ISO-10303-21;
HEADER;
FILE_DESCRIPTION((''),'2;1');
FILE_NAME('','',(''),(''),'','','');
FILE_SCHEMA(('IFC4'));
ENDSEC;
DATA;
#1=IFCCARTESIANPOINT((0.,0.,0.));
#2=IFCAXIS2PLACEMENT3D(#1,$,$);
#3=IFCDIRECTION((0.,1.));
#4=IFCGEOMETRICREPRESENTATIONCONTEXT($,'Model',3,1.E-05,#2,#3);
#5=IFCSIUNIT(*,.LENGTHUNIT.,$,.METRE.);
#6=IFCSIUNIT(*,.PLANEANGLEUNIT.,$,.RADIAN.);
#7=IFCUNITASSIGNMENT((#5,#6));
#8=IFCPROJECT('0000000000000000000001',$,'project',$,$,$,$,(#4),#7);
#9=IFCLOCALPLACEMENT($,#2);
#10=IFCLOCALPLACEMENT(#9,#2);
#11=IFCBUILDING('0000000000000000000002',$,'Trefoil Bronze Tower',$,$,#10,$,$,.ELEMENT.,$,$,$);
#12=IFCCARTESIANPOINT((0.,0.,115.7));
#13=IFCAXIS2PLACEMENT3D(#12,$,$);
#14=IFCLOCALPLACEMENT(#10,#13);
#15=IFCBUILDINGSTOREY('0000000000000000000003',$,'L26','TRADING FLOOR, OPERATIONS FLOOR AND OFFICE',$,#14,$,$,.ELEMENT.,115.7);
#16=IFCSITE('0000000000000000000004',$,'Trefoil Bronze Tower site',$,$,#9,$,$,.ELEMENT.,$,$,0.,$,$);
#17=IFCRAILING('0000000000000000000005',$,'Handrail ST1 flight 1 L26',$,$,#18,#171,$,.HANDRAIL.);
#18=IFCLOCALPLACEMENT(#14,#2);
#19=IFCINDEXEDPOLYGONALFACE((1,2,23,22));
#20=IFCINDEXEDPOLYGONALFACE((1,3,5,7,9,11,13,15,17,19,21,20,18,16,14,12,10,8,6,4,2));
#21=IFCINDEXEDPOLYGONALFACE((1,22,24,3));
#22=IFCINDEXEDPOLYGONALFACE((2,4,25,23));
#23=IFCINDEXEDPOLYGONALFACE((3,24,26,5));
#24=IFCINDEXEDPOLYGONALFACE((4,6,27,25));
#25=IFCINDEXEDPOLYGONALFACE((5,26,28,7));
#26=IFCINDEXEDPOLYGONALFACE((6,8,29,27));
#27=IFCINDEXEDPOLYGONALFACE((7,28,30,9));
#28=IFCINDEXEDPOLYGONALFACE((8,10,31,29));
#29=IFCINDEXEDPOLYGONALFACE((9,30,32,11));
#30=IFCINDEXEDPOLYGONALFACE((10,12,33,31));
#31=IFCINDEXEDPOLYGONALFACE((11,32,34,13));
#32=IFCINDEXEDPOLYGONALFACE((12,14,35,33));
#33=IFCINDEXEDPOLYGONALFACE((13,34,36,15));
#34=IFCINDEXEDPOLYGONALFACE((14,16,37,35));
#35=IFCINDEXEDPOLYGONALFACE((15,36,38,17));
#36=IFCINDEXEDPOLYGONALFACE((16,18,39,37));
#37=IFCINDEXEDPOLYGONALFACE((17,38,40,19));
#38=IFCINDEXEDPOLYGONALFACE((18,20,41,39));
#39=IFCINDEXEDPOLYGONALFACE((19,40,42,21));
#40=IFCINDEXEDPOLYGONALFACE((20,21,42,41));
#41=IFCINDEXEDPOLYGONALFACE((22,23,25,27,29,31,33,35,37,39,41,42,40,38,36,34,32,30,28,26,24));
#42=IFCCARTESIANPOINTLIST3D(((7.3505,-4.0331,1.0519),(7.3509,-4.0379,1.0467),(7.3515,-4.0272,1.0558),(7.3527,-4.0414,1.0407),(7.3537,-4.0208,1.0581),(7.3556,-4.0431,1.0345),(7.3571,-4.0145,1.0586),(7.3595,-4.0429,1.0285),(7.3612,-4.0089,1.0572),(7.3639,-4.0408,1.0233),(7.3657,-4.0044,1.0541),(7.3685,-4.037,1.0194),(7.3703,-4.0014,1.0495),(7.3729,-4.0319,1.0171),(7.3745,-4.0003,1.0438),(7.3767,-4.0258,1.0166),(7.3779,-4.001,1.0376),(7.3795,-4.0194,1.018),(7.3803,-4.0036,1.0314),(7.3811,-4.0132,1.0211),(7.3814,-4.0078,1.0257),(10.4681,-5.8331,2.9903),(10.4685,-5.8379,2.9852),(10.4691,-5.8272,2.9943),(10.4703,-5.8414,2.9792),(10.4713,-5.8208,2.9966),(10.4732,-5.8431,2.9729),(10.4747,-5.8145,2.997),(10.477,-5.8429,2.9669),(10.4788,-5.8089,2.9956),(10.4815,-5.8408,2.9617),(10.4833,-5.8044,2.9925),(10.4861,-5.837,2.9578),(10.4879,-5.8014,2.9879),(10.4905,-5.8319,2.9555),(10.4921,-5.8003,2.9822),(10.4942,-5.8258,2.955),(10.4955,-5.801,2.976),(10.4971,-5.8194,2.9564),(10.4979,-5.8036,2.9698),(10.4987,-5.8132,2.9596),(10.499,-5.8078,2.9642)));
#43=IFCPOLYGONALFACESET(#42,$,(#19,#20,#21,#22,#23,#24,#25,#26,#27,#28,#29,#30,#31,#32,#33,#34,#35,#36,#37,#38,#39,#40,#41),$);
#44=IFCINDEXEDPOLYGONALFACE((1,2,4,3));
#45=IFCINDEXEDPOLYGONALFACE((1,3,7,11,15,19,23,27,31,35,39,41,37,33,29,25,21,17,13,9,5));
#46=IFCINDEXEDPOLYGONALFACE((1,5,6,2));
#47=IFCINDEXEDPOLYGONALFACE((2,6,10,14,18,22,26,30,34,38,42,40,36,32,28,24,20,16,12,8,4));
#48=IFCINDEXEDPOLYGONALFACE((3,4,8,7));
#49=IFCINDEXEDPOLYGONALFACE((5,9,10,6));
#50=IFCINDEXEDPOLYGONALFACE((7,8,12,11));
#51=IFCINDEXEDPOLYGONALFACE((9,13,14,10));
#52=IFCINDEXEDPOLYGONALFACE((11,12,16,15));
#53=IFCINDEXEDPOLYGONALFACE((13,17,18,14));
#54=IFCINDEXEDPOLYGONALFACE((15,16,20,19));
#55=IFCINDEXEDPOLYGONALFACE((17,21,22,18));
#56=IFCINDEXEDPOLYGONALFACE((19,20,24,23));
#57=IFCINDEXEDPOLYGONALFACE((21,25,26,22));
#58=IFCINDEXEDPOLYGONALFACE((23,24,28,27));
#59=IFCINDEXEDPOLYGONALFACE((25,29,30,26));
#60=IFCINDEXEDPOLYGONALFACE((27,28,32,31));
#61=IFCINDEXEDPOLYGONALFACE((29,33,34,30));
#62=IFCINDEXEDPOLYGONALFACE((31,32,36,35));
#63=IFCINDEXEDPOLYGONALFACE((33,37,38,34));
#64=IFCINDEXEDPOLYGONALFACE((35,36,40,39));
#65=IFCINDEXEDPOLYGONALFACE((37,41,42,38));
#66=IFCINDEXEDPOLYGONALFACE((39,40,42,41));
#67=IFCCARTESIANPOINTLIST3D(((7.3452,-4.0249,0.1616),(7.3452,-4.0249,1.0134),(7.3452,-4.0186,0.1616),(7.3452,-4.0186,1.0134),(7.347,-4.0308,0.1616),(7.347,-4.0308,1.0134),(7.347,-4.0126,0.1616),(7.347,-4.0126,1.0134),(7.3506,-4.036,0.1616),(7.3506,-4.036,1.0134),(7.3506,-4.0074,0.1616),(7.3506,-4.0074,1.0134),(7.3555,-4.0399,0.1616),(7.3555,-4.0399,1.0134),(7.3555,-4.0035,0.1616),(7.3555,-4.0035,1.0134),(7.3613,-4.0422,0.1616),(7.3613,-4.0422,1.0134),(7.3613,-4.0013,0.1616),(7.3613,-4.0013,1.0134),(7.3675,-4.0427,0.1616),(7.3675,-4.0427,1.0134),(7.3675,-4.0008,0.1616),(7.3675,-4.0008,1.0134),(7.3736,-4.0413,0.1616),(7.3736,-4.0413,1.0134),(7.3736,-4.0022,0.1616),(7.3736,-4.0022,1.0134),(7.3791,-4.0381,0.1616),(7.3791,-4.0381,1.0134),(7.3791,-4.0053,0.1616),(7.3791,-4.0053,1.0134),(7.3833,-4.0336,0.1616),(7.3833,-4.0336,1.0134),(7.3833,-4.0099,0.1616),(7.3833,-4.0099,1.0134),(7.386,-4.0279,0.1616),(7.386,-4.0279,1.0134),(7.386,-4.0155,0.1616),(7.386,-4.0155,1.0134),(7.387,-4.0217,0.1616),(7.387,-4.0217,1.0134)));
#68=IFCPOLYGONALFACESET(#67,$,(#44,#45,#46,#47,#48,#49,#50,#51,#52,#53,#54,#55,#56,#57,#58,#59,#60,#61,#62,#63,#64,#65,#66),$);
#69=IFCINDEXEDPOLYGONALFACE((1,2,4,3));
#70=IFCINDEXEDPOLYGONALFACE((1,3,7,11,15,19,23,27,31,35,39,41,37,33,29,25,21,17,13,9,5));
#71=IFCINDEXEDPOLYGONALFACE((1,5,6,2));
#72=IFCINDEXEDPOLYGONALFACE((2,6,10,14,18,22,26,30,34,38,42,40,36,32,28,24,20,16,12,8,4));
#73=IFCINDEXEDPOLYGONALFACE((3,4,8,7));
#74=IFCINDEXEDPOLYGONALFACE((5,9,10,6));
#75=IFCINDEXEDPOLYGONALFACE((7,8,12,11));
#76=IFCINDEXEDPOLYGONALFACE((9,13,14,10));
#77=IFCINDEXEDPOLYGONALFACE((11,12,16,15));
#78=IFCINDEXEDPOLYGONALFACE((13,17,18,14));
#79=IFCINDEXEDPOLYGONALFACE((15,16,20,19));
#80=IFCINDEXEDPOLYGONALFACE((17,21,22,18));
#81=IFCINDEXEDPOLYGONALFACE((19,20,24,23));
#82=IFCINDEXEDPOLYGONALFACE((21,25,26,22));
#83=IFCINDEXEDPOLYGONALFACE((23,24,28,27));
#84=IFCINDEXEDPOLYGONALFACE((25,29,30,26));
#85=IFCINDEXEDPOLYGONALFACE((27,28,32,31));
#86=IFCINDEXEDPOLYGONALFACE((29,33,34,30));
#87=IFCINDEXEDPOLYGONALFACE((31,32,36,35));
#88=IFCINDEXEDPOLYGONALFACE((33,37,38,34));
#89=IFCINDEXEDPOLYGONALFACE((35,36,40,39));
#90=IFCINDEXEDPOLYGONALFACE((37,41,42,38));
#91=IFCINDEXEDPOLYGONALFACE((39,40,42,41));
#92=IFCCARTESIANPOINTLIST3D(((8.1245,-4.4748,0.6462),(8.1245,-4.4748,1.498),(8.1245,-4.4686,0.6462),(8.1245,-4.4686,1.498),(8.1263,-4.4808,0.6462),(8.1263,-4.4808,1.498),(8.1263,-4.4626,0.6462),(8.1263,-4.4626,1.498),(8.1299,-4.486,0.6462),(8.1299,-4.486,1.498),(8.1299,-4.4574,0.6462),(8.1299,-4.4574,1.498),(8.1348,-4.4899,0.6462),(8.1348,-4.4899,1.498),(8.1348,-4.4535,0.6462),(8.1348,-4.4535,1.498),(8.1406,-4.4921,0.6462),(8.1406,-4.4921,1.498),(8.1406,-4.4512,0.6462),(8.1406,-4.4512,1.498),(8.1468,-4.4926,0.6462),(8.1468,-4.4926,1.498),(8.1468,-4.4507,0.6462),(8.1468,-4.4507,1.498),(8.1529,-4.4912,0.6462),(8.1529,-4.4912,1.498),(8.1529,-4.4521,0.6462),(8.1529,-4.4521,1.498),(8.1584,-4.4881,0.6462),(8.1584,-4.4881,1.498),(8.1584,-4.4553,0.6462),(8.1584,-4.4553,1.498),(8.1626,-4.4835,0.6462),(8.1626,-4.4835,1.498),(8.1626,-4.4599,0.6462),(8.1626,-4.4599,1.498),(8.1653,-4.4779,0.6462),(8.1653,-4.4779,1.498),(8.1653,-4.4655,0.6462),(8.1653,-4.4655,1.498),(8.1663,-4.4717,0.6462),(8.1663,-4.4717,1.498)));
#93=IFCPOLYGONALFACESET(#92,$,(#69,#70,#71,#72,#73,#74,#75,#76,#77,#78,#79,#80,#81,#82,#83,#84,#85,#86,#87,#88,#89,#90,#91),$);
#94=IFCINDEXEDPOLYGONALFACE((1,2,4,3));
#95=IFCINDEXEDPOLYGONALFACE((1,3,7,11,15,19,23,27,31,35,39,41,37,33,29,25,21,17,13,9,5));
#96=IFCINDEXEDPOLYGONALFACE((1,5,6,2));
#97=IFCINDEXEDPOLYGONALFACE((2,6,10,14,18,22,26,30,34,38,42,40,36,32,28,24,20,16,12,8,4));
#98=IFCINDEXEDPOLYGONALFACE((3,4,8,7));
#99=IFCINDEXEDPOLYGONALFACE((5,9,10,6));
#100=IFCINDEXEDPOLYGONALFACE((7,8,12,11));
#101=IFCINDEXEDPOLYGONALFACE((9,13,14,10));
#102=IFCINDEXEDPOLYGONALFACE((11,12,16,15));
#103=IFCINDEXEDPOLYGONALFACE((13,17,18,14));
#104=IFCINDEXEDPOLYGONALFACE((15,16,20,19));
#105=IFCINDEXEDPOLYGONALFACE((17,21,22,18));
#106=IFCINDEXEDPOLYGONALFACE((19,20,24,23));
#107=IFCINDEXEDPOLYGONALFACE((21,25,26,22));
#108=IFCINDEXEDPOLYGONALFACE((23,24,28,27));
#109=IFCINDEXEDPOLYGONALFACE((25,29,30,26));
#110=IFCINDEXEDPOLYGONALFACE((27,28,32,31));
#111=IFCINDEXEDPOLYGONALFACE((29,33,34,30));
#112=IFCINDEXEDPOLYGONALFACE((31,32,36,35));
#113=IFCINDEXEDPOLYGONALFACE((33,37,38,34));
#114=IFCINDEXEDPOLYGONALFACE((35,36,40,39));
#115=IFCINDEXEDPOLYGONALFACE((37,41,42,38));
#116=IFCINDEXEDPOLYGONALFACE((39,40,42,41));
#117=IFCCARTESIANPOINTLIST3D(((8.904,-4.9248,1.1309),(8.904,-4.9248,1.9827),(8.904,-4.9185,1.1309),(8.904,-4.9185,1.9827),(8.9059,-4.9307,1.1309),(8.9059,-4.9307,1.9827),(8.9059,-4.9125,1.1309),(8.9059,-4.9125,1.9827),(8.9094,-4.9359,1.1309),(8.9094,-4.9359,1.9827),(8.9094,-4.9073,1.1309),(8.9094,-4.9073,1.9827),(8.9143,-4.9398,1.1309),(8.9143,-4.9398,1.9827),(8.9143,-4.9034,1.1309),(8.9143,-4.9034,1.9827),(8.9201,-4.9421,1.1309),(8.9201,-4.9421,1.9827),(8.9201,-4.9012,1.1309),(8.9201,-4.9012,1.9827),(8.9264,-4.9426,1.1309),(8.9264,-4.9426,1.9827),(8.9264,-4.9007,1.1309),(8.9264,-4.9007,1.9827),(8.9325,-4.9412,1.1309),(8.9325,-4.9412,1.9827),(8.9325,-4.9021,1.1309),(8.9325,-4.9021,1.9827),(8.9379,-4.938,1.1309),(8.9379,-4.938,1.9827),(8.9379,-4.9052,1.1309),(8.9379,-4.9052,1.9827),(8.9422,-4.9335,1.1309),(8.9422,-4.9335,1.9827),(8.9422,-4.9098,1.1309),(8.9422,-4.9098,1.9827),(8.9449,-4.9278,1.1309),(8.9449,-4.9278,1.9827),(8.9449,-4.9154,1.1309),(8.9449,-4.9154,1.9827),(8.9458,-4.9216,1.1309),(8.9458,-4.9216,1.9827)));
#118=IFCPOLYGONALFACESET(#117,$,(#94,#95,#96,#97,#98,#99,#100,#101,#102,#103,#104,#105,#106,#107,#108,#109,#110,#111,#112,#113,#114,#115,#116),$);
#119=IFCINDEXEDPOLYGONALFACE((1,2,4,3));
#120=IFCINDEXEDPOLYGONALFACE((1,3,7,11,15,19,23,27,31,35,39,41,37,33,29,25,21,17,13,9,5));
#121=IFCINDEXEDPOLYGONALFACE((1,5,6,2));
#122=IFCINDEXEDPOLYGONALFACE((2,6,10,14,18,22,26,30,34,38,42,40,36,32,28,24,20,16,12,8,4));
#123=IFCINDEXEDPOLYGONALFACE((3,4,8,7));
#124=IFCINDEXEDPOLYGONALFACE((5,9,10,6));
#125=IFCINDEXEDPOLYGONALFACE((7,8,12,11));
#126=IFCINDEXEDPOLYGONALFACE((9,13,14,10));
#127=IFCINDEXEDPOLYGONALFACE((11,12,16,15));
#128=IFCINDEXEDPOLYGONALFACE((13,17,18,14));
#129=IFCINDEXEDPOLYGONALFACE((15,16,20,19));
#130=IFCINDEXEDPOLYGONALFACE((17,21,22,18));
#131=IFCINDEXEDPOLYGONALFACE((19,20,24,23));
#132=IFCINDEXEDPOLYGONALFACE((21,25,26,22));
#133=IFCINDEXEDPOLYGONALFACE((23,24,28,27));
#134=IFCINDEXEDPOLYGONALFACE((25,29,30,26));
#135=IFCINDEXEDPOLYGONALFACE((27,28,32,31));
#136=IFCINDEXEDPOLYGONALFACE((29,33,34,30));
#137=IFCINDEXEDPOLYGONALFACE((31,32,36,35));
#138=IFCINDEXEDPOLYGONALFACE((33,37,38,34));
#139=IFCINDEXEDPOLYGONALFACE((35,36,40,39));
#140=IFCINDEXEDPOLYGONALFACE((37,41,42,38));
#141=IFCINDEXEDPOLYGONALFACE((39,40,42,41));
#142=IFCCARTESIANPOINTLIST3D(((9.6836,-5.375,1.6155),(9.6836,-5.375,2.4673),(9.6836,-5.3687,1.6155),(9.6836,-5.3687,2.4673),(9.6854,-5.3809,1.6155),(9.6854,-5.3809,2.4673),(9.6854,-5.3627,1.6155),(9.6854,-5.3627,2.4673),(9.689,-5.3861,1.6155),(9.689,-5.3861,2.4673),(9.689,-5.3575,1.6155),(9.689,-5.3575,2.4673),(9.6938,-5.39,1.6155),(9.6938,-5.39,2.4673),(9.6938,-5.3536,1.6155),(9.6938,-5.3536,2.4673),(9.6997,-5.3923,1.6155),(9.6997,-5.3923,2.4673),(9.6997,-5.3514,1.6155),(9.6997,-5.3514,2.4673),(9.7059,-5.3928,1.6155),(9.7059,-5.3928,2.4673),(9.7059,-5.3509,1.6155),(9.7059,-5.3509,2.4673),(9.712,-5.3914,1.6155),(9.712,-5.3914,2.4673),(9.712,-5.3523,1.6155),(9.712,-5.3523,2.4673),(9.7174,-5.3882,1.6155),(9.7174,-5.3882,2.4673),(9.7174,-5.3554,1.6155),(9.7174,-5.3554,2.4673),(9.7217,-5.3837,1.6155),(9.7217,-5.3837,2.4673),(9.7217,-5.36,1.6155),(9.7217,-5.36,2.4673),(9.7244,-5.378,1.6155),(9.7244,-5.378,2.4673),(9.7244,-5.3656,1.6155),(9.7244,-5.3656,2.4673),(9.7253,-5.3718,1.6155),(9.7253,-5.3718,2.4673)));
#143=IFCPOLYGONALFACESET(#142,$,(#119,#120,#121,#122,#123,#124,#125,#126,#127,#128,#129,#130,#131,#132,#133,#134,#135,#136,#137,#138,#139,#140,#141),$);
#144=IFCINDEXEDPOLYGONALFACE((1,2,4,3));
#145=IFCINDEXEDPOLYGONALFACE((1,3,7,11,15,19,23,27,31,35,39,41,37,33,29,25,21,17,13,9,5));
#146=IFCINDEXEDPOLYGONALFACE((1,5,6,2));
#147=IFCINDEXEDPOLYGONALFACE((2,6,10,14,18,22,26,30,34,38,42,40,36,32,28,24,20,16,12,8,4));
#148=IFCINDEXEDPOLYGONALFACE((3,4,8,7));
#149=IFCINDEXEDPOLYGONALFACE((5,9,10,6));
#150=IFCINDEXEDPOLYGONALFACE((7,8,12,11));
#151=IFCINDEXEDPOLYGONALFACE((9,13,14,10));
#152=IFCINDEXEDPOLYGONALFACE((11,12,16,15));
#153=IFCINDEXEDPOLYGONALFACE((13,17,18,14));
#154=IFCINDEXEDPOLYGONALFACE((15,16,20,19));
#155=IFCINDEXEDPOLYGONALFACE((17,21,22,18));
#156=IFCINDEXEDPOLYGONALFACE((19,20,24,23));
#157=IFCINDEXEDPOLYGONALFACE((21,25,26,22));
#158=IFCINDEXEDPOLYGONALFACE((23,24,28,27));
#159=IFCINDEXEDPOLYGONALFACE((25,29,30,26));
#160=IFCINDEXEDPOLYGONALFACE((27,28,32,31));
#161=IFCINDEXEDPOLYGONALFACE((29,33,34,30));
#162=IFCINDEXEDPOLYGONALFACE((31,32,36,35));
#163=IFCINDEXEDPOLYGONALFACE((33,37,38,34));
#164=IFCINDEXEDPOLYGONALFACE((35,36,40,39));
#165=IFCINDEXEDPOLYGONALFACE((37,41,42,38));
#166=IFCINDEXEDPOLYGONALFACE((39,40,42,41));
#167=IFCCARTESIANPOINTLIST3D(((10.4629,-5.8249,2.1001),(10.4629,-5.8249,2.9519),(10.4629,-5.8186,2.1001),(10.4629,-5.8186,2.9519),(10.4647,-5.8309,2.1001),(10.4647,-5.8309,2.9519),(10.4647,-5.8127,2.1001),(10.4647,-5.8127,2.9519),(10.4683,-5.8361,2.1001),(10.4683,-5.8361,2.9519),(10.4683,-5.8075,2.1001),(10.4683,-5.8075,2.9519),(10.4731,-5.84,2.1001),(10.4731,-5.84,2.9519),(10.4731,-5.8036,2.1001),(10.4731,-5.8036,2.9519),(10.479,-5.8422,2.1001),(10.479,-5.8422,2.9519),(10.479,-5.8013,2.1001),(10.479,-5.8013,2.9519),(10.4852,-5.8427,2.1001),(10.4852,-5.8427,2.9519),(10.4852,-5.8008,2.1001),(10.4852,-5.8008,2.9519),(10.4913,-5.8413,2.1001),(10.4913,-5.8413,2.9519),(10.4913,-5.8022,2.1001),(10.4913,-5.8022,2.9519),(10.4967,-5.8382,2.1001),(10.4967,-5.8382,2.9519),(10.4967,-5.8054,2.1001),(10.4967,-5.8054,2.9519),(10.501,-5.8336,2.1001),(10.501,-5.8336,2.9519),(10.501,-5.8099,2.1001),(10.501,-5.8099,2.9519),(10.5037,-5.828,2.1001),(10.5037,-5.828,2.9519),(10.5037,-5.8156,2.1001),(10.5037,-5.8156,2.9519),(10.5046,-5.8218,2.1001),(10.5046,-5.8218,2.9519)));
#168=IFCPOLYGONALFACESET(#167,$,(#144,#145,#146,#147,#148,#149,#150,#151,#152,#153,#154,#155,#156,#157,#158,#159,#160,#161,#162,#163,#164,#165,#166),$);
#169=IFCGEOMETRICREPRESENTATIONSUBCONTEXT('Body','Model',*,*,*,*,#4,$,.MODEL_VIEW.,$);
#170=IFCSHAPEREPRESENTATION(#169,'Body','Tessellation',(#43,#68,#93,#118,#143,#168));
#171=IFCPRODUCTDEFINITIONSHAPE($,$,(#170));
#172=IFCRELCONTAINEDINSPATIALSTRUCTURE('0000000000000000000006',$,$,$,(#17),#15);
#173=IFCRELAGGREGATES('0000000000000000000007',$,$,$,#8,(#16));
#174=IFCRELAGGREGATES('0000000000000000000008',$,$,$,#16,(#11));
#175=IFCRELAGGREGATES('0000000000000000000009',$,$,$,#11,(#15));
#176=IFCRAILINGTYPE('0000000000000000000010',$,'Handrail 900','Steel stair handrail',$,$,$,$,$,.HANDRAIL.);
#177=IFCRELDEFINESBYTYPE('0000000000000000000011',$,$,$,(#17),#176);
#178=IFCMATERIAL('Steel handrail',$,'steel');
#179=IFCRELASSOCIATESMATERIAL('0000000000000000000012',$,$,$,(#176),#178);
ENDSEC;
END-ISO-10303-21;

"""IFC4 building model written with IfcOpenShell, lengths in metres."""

from ifc_helpers import new_model, si_unit, direction, frame, origin, origin_2d, place, context, subcontext, project, spatial, circle, extrude, material, type_object, element, save


model = new_model("IFC4")

# Units and contexts
model_context = context("Model", 3, precision=1e-05, world=origin(), true_north=direction((0.0, 1.0)))
body_context = subcontext(model_context, "Body", "Model", "MODEL_VIEW")
ifc_project = project(units=[si_unit("LENGTHUNIT", "METRE"), si_unit("PLANEANGLEUNIT", "RADIAN")], contexts=[model_context])

# Site, building, storey
site_placement = place(None, origin())
site = spatial("IfcSite", under=ifc_project, at=site_placement, Name="Trefoil Bronze Tower site", CompositionType="ELEMENT", RefElevation=0.0)
building_placement = place(site_placement, origin())
building = spatial("IfcBuilding", under=site, at=building_placement, Name="Trefoil Bronze Tower", CompositionType="ELEMENT")
storey_placement = place(building_placement, frame((0.0, 0.0, 115.7)))
storey = spatial("IfcBuildingStorey", under=building, at=storey_placement, Name="L26", Description="TRADING FLOOR, OPERATIONS FLOOR AND OFFICE", CompositionType="ELEMENT", Elevation=115.7)

# Railing
ifc_material_1 = material(Name="Steel handrail", Category="steel")
railing_type = type_object("IfcRailingType", Name="Handrail 900", Description="Steel stair handrail", PredefinedType="HANDRAIL", material=ifc_material_1)
railing_1_placement = place(storey_placement, frame((7.366, -4.0217, 0.1616)))
element("IfcRailing", 1, at=railing_1_placement, inside=storey, type_object=railing_type, Name="Handrail ST1 flight 1 L26", PredefinedType="HANDRAIL", context=body_context, shape_type="SweptSolid", body=[
    extrude(circle(Radius=0.0239, at=origin_2d()), frame((0.0, 0.0, 0.876), z_axis=(0.762503, -0.440246, 0.474102), x_axis=(0.500012, 0.866018, 0.0)), (0.0, 0.0, 1.0), 4.0886),
    extrude(circle(Radius=0.021, at=origin_2d()), origin(), (0.0, 0.0, 1.0), 0.8518),
    extrude(circle(Radius=0.021, at=origin_2d()), frame((0.7793, -0.45, 0.4846)), (0.0, 0.0, 1.0), 0.8518),
    extrude(circle(Radius=0.021, at=origin_2d()), frame((1.5588, -0.8999, 0.9692)), (0.0, 0.0, 1.0), 0.8518),
    extrude(circle(Radius=0.021, at=origin_2d()), frame((2.3384, -1.3501, 1.4539)), (0.0, 0.0, 1.0), 0.8518),
    extrude(circle(Radius=0.021, at=origin_2d()), frame((3.1177, -1.8, 1.9385)), (0.0, 0.0, 1.0), 0.8518),
])

save(model, "model.ifc")
